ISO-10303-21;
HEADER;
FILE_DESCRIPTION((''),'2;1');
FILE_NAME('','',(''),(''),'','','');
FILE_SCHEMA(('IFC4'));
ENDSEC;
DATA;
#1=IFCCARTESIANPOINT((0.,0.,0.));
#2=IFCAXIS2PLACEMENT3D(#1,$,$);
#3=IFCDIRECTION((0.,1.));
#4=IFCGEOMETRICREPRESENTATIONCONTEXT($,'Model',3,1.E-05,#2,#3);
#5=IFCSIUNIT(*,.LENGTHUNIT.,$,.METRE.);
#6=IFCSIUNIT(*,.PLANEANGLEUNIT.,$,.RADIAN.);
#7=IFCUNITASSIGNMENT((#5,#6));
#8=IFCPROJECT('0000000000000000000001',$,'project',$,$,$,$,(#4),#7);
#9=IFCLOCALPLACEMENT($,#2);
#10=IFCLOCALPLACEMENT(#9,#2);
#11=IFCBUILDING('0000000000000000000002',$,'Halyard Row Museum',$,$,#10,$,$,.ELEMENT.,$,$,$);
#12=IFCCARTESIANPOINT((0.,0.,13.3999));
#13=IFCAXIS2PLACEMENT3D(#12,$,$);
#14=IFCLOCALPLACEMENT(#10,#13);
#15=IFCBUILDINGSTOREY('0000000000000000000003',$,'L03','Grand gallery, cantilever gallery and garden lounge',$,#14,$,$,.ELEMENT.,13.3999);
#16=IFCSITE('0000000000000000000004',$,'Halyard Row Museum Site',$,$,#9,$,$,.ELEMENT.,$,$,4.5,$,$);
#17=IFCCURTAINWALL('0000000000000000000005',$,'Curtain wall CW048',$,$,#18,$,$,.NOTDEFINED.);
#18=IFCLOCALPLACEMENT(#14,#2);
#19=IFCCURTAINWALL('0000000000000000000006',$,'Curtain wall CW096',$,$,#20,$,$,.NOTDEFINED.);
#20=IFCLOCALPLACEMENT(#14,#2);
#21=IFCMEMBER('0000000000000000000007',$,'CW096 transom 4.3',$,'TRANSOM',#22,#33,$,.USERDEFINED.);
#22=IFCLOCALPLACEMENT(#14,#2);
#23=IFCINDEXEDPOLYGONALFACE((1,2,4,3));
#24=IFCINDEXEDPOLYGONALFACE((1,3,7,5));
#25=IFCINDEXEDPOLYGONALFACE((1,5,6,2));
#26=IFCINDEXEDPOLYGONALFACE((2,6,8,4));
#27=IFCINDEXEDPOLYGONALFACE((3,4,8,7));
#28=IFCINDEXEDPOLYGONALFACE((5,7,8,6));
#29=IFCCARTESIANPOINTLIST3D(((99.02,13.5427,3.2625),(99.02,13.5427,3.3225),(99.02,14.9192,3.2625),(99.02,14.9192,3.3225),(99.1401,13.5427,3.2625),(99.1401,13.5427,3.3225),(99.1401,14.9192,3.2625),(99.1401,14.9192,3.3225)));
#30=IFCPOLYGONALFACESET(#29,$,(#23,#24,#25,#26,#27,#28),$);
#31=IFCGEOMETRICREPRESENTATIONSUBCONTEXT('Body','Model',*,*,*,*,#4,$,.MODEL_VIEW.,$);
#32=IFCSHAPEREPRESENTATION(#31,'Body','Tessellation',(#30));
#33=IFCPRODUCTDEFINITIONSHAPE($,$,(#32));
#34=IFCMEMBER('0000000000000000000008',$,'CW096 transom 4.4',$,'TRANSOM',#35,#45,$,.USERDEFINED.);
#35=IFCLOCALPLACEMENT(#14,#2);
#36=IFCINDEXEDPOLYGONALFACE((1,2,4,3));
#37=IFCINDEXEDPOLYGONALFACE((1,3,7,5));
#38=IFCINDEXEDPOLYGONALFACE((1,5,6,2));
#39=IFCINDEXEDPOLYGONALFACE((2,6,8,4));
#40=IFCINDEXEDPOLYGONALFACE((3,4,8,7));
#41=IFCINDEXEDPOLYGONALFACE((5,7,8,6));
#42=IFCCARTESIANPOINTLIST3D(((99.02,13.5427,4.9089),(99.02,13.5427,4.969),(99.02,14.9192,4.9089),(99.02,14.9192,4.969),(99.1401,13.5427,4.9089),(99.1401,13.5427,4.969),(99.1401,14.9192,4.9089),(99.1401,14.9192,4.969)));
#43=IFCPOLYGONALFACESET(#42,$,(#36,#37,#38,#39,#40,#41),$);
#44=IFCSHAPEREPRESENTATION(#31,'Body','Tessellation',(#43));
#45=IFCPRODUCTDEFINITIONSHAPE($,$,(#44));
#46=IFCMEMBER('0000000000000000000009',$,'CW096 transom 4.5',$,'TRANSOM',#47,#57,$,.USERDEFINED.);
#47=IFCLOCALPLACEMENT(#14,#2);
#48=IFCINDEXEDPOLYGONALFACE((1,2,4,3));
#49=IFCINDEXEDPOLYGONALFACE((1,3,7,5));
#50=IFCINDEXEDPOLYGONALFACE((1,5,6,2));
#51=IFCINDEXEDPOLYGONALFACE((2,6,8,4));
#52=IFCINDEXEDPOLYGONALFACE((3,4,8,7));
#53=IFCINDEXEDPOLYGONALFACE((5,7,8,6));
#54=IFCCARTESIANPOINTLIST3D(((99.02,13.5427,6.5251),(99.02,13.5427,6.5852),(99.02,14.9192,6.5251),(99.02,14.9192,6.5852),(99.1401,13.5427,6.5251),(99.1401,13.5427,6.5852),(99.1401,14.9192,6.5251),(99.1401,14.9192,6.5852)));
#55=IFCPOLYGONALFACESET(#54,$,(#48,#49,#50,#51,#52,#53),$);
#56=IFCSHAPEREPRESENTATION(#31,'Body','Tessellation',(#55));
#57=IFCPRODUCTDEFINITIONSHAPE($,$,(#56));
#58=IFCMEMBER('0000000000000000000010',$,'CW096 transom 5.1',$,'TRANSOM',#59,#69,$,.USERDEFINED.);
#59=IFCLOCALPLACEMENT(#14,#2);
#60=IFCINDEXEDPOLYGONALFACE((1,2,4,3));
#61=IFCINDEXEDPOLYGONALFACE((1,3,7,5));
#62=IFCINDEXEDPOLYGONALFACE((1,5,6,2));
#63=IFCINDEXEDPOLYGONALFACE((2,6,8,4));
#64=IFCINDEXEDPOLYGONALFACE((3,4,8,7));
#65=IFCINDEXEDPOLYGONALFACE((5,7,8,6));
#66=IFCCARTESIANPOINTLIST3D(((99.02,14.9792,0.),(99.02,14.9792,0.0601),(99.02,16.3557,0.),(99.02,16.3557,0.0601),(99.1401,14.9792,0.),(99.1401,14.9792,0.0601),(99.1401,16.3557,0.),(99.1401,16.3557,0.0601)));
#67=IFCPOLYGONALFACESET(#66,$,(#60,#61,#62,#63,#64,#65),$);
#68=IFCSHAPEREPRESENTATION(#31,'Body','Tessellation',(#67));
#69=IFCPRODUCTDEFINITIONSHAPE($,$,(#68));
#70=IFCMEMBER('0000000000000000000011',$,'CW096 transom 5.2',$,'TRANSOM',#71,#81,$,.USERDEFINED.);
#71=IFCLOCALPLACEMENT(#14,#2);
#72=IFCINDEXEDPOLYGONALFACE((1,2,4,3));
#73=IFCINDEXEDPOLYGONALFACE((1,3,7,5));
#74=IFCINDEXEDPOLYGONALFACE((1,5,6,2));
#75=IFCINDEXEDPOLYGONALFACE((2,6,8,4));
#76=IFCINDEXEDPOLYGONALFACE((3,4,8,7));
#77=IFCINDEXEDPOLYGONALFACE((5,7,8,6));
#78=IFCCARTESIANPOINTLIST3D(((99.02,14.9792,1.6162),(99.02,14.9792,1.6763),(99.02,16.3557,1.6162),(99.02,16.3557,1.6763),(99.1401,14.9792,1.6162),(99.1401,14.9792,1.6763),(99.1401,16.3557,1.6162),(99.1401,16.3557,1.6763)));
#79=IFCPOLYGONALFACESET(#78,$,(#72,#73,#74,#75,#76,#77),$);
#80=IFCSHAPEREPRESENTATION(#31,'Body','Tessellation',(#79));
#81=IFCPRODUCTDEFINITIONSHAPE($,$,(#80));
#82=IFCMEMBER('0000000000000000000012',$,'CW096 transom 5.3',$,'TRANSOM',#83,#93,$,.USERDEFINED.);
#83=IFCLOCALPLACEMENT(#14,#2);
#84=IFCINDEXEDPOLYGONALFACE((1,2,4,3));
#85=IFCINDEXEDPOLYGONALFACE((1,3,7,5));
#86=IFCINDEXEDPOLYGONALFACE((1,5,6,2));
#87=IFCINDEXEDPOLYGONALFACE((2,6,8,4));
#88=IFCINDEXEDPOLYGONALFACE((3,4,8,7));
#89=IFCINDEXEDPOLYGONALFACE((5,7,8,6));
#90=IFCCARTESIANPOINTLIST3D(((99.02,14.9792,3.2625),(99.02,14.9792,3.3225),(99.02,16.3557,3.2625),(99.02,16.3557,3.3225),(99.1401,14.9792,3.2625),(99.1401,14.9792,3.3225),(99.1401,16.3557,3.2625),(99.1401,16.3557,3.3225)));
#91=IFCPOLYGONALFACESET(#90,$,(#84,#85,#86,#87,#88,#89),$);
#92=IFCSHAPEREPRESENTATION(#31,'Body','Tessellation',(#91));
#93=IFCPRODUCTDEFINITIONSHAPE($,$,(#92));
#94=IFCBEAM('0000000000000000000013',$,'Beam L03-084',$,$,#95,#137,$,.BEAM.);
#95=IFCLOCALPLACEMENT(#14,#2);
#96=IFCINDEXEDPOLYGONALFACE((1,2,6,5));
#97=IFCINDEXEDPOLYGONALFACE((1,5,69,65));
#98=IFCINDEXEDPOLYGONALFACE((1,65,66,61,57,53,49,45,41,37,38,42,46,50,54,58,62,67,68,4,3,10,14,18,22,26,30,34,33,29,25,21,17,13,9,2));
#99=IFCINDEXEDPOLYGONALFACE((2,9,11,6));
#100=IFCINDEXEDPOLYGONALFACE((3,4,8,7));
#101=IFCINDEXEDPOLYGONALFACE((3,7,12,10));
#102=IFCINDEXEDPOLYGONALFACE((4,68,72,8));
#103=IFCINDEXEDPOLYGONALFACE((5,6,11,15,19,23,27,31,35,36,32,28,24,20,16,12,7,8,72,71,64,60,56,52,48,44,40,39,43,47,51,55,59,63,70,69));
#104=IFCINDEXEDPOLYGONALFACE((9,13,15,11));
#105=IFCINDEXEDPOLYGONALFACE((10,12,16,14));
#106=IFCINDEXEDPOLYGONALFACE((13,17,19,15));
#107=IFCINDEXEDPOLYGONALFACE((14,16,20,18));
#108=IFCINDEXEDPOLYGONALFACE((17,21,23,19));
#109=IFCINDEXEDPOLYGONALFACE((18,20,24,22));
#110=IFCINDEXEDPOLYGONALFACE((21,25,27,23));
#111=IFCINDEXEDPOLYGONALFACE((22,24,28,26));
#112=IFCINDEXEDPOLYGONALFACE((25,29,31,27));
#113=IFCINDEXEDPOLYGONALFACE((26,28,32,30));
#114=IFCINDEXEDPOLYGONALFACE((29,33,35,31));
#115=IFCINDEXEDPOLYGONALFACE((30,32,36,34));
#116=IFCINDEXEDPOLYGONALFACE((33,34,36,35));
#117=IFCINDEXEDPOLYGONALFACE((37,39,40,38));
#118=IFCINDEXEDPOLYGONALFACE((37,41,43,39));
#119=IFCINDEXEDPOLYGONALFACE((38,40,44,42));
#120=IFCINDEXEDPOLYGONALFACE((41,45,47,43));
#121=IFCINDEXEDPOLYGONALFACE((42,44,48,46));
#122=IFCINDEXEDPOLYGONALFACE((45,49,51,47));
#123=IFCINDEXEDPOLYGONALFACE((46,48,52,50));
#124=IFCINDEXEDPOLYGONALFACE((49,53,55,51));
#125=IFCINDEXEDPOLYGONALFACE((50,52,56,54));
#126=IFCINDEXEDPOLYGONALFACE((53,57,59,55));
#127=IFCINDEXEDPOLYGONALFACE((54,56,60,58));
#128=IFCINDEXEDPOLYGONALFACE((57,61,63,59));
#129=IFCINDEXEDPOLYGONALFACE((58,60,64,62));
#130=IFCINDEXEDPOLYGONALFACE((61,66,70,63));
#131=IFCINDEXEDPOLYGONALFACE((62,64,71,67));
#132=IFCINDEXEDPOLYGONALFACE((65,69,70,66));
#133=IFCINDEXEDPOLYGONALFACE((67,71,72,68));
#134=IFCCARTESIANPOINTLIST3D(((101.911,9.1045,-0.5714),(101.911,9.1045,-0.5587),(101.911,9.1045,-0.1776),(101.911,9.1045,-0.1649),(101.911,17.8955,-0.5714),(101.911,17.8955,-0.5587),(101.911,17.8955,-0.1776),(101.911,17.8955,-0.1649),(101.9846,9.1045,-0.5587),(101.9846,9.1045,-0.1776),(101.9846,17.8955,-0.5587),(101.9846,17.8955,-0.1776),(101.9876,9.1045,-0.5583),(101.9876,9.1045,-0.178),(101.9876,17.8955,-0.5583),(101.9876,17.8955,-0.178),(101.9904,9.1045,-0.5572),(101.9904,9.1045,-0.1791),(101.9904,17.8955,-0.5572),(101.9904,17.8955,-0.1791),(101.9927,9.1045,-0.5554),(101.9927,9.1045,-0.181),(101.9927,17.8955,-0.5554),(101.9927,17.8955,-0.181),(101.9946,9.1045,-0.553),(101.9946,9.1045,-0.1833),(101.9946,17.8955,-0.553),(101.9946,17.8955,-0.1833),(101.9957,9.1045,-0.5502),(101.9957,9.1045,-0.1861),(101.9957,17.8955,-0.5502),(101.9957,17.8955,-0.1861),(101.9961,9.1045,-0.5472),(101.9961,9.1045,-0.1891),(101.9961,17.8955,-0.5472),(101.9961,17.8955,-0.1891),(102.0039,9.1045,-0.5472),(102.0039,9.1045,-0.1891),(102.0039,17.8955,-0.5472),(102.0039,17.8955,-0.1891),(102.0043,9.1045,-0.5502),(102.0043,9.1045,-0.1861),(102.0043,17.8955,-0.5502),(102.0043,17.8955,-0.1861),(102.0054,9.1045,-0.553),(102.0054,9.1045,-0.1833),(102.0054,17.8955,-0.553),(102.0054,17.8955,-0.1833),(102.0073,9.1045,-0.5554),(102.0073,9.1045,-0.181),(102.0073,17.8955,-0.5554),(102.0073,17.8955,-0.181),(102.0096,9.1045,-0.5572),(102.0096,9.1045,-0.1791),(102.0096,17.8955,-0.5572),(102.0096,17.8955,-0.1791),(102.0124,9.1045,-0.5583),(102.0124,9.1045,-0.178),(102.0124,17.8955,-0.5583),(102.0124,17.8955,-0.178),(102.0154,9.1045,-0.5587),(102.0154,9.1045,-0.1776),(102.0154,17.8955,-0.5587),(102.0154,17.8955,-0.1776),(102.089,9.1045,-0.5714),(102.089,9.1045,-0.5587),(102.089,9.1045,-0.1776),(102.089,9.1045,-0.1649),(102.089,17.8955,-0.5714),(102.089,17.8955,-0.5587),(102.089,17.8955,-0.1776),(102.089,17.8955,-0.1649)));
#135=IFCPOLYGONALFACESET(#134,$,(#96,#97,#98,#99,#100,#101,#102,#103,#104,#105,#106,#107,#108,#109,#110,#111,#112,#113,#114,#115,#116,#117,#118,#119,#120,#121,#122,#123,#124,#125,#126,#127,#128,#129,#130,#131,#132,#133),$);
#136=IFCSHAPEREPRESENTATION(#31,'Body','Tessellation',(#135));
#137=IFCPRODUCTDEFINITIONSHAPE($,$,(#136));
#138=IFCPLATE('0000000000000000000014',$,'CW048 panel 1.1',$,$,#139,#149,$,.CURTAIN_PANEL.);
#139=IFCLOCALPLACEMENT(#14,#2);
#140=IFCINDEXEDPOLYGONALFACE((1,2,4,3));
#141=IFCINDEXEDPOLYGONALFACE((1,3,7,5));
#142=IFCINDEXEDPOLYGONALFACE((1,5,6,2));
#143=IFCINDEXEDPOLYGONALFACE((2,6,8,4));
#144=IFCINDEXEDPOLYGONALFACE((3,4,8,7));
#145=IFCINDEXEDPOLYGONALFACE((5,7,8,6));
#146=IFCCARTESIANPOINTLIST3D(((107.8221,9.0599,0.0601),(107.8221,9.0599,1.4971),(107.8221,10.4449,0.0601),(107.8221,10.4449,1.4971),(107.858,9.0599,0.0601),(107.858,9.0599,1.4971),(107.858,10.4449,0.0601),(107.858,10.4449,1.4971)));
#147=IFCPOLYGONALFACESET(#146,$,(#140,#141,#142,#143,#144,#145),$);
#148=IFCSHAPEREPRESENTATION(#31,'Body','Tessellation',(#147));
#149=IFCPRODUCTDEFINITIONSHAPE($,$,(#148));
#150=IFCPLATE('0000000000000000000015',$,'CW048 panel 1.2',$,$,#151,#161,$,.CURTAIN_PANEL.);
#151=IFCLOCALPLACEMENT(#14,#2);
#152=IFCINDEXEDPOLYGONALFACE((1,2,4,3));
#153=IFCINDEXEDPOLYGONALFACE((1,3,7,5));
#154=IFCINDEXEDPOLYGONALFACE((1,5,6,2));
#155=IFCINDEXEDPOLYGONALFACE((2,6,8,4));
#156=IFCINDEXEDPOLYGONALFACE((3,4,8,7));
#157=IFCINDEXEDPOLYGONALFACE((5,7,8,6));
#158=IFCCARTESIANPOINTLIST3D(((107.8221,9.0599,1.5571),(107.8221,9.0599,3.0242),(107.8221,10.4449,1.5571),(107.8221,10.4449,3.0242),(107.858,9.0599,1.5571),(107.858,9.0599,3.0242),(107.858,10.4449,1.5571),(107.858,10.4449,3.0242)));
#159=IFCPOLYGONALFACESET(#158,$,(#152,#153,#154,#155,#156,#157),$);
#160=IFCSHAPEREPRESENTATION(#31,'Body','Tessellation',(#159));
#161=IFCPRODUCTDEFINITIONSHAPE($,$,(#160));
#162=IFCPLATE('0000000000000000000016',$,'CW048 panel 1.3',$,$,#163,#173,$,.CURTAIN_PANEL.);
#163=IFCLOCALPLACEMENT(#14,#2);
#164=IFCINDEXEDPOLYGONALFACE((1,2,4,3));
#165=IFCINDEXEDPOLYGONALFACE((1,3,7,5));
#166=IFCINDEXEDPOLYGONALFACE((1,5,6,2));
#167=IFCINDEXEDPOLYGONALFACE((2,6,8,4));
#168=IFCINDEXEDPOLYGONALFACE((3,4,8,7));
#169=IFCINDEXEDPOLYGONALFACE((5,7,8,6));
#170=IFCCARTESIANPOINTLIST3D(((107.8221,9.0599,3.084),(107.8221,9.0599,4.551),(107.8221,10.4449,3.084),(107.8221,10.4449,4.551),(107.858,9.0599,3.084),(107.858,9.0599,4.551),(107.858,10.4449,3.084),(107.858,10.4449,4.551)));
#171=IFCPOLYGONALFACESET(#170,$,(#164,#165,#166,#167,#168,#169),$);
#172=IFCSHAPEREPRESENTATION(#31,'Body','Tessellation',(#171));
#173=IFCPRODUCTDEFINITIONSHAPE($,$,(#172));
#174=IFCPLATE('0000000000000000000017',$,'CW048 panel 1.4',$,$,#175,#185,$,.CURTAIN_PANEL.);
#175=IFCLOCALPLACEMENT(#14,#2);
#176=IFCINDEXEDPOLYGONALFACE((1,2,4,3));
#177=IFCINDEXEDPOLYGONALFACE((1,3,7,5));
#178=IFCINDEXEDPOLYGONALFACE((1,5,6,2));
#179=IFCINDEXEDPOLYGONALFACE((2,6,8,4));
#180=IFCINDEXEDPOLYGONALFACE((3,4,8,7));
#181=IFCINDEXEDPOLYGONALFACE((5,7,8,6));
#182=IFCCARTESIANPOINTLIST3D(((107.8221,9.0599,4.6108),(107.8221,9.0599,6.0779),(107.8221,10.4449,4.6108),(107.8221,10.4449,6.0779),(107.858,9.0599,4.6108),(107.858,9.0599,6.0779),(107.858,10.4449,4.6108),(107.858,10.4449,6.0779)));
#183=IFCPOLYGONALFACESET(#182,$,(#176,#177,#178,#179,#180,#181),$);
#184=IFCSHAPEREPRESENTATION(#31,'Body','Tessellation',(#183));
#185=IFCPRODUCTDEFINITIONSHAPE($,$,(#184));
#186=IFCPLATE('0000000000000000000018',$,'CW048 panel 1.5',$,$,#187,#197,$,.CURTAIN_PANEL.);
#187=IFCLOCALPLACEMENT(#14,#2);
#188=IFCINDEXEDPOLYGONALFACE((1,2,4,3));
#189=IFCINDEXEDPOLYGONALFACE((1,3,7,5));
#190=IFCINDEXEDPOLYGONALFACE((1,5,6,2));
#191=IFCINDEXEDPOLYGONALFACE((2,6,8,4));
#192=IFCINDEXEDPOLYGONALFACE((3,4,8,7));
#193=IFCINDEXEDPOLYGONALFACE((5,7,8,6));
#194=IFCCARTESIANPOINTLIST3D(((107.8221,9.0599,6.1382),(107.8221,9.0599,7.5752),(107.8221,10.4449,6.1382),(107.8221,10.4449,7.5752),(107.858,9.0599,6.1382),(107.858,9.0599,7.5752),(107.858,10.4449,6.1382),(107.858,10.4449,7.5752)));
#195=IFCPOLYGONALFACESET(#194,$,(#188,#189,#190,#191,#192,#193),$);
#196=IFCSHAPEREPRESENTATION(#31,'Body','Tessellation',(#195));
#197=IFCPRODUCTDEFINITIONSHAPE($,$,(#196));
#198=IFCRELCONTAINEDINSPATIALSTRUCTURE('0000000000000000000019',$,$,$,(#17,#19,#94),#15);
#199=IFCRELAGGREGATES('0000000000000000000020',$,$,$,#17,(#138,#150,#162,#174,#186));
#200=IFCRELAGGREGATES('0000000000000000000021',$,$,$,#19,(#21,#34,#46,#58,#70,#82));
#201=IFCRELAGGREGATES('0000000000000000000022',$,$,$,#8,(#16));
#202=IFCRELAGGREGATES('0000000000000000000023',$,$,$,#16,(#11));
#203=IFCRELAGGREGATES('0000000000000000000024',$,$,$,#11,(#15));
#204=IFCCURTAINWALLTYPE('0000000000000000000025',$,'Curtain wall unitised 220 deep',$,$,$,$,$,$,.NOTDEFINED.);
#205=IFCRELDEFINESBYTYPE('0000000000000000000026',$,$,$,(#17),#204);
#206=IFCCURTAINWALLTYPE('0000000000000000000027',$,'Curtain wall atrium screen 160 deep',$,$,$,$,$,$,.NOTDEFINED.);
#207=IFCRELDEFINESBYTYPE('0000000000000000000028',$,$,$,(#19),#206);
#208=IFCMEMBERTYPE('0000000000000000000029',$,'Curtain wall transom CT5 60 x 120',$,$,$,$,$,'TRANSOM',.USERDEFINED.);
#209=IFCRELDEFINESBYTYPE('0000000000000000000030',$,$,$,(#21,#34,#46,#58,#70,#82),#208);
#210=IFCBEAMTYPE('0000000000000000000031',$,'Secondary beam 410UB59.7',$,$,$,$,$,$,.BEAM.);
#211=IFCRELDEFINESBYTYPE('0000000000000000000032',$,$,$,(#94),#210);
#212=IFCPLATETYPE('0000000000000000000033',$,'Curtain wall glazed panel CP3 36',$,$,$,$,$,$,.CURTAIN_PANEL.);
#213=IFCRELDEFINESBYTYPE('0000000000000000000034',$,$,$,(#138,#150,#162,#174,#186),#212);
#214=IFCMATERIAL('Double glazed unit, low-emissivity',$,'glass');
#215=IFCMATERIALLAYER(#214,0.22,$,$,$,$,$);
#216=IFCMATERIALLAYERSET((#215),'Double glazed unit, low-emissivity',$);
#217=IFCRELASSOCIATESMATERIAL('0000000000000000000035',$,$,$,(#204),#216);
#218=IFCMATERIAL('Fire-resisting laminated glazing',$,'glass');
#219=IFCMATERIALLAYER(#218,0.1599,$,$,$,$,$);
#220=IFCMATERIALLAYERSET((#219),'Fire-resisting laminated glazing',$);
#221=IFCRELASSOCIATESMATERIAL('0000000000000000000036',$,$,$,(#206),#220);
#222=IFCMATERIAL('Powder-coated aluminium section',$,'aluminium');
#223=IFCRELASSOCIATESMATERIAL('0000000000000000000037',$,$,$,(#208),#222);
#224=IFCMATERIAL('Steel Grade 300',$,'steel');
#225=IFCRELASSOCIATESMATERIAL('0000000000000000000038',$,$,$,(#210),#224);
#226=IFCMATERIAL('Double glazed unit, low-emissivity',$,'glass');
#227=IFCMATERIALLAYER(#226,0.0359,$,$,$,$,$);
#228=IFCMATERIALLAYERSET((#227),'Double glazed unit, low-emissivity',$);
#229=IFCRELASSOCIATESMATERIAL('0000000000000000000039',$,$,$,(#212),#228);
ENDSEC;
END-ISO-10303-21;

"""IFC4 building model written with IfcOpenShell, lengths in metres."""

from ifc_helpers import new_model, si_unit, direction, frame, origin, origin_2d, place, context, subcontext, project, spatial, rectangle, i_section, extrude, material, layer, layer_set, material_profile, profile_set, type_object, element, aggregate, save


model = new_model("IFC4")

# Units and contexts
model_context = context("Model", 3, precision=1e-05, world=origin(), true_north=direction((0.0, 1.0)))
body_context = subcontext(model_context, "Body", "Model", "MODEL_VIEW")
ifc_project = project(units=[si_unit("LENGTHUNIT", "METRE"), si_unit("PLANEANGLEUNIT", "RADIAN")], contexts=[model_context])

# Site, building, storey
site_placement = place(None, origin())
site = spatial("IfcSite", under=ifc_project, at=site_placement, Name="Halyard Row Museum Site", CompositionType="ELEMENT", RefElevation=4.5)
building_placement = place(site_placement, origin())
building = spatial("IfcBuilding", under=site, at=building_placement, Name="Halyard Row Museum", CompositionType="ELEMENT")
storey_placement = place(building_placement, frame((0.0, 0.0, 13.3999)))
storey = spatial("IfcBuildingStorey", under=building, at=storey_placement, Name="L03", Description="Grand gallery, cantilever gallery and garden lounge", CompositionType="ELEMENT", Elevation=13.3999)

# Curtain wall
ifc_material_1 = material(Name="Double glazed unit, low-emissivity", Category="glass")
ifc_layer_1 = layer(ifc_material_1, 0.22)
ifc_layer_set_1 = layer_set([ifc_layer_1], Name="Double glazed unit, low-emissivity")
curtain_wall_type_1 = type_object("IfcCurtainWallType", Name="Curtain wall unitised 220 deep", PredefinedType="NOTDEFINED", material=ifc_layer_set_1)
curtain_wall_1_placement = place(storey_placement, origin())
curtain_wall_1 = element("IfcCurtainWall", 1, at=curtain_wall_1_placement, inside=storey, type_object=curtain_wall_type_1, Name="Curtain wall CW048", PredefinedType="NOTDEFINED")

# Curtain wall
ifc_material_2 = material(Name="Fire-resisting laminated glazing", Category="glass")
ifc_layer_2 = layer(ifc_material_2, 0.1599)
ifc_layer_set_2 = layer_set([ifc_layer_2], Name="Fire-resisting laminated glazing")
curtain_wall_type_2 = type_object("IfcCurtainWallType", Name="Curtain wall atrium screen 160 deep", PredefinedType="NOTDEFINED", material=ifc_layer_set_2)
curtain_wall_2_placement = place(storey_placement, origin())
curtain_wall_2 = element("IfcCurtainWall", 2, at=curtain_wall_2_placement, inside=storey, type_object=curtain_wall_type_2, Name="Curtain wall CW096", PredefinedType="NOTDEFINED")

# Members
ifc_material_3 = material(Name="Powder-coated aluminium section", Category="aluminium")
ifc_material_profile_1 = material_profile(ifc_material_3, rectangle(XDim=0.1201, YDim=0.0601, at=origin_2d()), Name="120x60 transom")
ifc_profile_set_1 = profile_set([ifc_material_profile_1], Name="Powder-coated aluminium section")
member_type_1 = type_object("IfcMemberType", Name="Curtain wall transom CT5 60 x 120", ElementType="TRANSOM", PredefinedType="USERDEFINED", material=ifc_profile_set_1)
member_1_placement = place(storey_placement, frame((99.0801, 13.5427, 3.2925), z_axis=(0.0, 1.0, 0.0), x_axis=(-1.0, 0.0, 0.0)))
member_1 = element("IfcMember", 3, at=member_1_placement, type_object=member_type_1, Name="CW096 transom 4.3", ObjectType="TRANSOM", PredefinedType="USERDEFINED", context=body_context, shape_type="SweptSolid", body=[
    extrude(rectangle(XDim=0.1201, YDim=0.0601, at=origin_2d()), origin(), (0.0, 0.0, 1.0), 1.3765),
])
member_2_placement = place(storey_placement, frame((99.0801, 13.5427, 4.939), z_axis=(0.0, 1.0, 0.0), x_axis=(-1.0, 0.0, 0.0)))
member_2 = element("IfcMember", 4, at=member_2_placement, type_object=member_type_1, Name="CW096 transom 4.4", ObjectType="TRANSOM", PredefinedType="USERDEFINED", context=body_context, shape_type="SweptSolid", body=[
    extrude(rectangle(XDim=0.1201, YDim=0.0601, at=origin_2d()), origin(), (0.0, 0.0, 1.0), 1.3765),
])
member_3_placement = place(storey_placement, frame((99.0801, 13.5427, 6.5552), z_axis=(0.0, 1.0, 0.0), x_axis=(-1.0, 0.0, 0.0)))
member_3 = element("IfcMember", 5, at=member_3_placement, type_object=member_type_1, Name="CW096 transom 4.5", ObjectType="TRANSOM", PredefinedType="USERDEFINED", context=body_context, shape_type="SweptSolid", body=[
    extrude(rectangle(XDim=0.1201, YDim=0.0601, at=origin_2d()), origin(), (0.0, 0.0, 1.0), 1.3765),
])
member_4_placement = place(storey_placement, frame((99.0801, 14.9792, 0.03), z_axis=(0.0, 1.0, 0.0), x_axis=(-1.0, 0.0, 0.0)))
member_4 = element("IfcMember", 6, at=member_4_placement, type_object=member_type_1, Name="CW096 transom 5.1", ObjectType="TRANSOM", PredefinedType="USERDEFINED", context=body_context, shape_type="SweptSolid", body=[
    extrude(rectangle(XDim=0.1201, YDim=0.0601, at=origin_2d()), origin(), (0.0, 0.0, 1.0), 1.3765),
])
member_5_placement = place(storey_placement, frame((99.0801, 14.9792, 1.6462), z_axis=(0.0, 1.0, 0.0), x_axis=(-1.0, 0.0, 0.0)))
member_5 = element("IfcMember", 7, at=member_5_placement, type_object=member_type_1, Name="CW096 transom 5.2", ObjectType="TRANSOM", PredefinedType="USERDEFINED", context=body_context, shape_type="SweptSolid", body=[
    extrude(rectangle(XDim=0.1201, YDim=0.0601, at=origin_2d()), origin(), (0.0, 0.0, 1.0), 1.3765),
])
member_6_placement = place(storey_placement, frame((99.0801, 14.9792, 3.2925), z_axis=(0.0, 1.0, 0.0), x_axis=(-1.0, 0.0, 0.0)))
member_6 = element("IfcMember", 8, at=member_6_placement, type_object=member_type_1, Name="CW096 transom 5.3", ObjectType="TRANSOM", PredefinedType="USERDEFINED", context=body_context, shape_type="SweptSolid", body=[
    extrude(rectangle(XDim=0.1201, YDim=0.0601, at=origin_2d()), origin(), (0.0, 0.0, 1.0), 1.3765),
])

# Beam
ifc_material_4 = material(Name="Steel Grade 300", Category="steel")
ifc_material_profile_2 = material_profile(ifc_material_4, i_section(OverallWidth=0.178, OverallDepth=0.4065, WebThickness=0.0078, FlangeThickness=0.0127, FilletRadius=0.0115, at=origin_2d()), Name="410UB59.7")
ifc_profile_set_2 = profile_set([ifc_material_profile_2], Name="Steel Grade 300")
beam_type = type_object("IfcBeamType", Name="Secondary beam 410UB59.7", PredefinedType="BEAM", material=ifc_profile_set_2)
beam_placement = place(storey_placement, frame((102.0, 9.1045, -0.3682), z_axis=(0.0, 1.0, 0.0), x_axis=(-1.0, 0.0, 0.0)))
element("IfcBeam", 9, at=beam_placement, inside=storey, type_object=beam_type, Name="Beam L03-084", PredefinedType="BEAM", context=body_context, shape_type="SweptSolid", body=[
    extrude(i_section(OverallWidth=0.178, OverallDepth=0.4065, WebThickness=0.0078, FlangeThickness=0.0127, FilletRadius=0.0115, at=origin_2d()), origin(), (0.0, 0.0, 1.0), 8.791),
])

# Plates
ifc_material_5 = material(Name="Double glazed unit, low-emissivity", Category="glass")
ifc_layer_3 = layer(ifc_material_5, 0.0359)
ifc_layer_set_3 = layer_set([ifc_layer_3], Name="Double glazed unit, low-emissivity")
plate_type_1 = type_object("IfcPlateType", Name="Curtain wall glazed panel CP3 36", PredefinedType="CURTAIN_PANEL", material=ifc_layer_set_3)
plate_1_placement = place(storey_placement, frame((107.8401, 9.7524, 0.0601), z_axis=(0.0, 0.0, 1.0), x_axis=(0.0, 1.0, 0.0)))
plate_1 = element("IfcPlate", 10, at=plate_1_placement, type_object=plate_type_1, Name="CW048 panel 1.1", PredefinedType="CURTAIN_PANEL", context=body_context, shape_type="SweptSolid", body=[
    extrude(rectangle(XDim=1.385, YDim=0.0359, at=origin_2d()), origin(), (0.0, 0.0, 1.0), 1.437),
])
plate_2_placement = place(storey_placement, frame((107.8401, 9.7524, 1.5571), z_axis=(0.0, 0.0, 1.0), x_axis=(0.0, 1.0, 0.0)))
plate_2 = element("IfcPlate", 11, at=plate_2_placement, type_object=plate_type_1, Name="CW048 panel 1.2", PredefinedType="CURTAIN_PANEL", context=body_context, shape_type="SweptSolid", body=[
    extrude(rectangle(XDim=1.385, YDim=0.0359, at=origin_2d()), origin(), (0.0, 0.0, 1.0), 1.467),
])
plate_3_placement = place(storey_placement, frame((107.8401, 9.7524, 3.084), z_axis=(0.0, 0.0, 1.0), x_axis=(0.0, 1.0, 0.0)))
plate_3 = element("IfcPlate", 12, at=plate_3_placement, type_object=plate_type_1, Name="CW048 panel 1.3", PredefinedType="CURTAIN_PANEL", context=body_context, shape_type="SweptSolid", body=[
    extrude(rectangle(XDim=1.385, YDim=0.0359, at=origin_2d()), origin(), (0.0, 0.0, 1.0), 1.467),
])
plate_4_placement = place(storey_placement, frame((107.8401, 9.7524, 4.6108), z_axis=(0.0, 0.0, 1.0), x_axis=(0.0, 1.0, 0.0)))
plate_4 = element("IfcPlate", 13, at=plate_4_placement, type_object=plate_type_1, Name="CW048 panel 1.4", PredefinedType="CURTAIN_PANEL", context=body_context, shape_type="SweptSolid", body=[
    extrude(rectangle(XDim=1.385, YDim=0.0359, at=origin_2d()), origin(), (0.0, 0.0, 1.0), 1.467),
])
plate_5_placement = place(storey_placement, frame((107.8401, 9.7524, 6.1382), z_axis=(0.0, 0.0, 1.0), x_axis=(0.0, 1.0, 0.0)))
plate_5 = element("IfcPlate", 14, at=plate_5_placement, type_object=plate_type_1, Name="CW048 panel 1.5", PredefinedType="CURTAIN_PANEL", context=body_context, shape_type="SweptSolid", body=[
    extrude(rectangle(XDim=1.385, YDim=0.0359, at=origin_2d()), origin(), (0.0, 0.0, 1.0), 1.437),
])
aggregate(curtain_wall_1, [plate_1, plate_2, plate_3, plate_4, plate_5])
aggregate(curtain_wall_2, [member_1, member_2, member_3, member_4, member_5, member_6])

save(model, "model.ifc")
